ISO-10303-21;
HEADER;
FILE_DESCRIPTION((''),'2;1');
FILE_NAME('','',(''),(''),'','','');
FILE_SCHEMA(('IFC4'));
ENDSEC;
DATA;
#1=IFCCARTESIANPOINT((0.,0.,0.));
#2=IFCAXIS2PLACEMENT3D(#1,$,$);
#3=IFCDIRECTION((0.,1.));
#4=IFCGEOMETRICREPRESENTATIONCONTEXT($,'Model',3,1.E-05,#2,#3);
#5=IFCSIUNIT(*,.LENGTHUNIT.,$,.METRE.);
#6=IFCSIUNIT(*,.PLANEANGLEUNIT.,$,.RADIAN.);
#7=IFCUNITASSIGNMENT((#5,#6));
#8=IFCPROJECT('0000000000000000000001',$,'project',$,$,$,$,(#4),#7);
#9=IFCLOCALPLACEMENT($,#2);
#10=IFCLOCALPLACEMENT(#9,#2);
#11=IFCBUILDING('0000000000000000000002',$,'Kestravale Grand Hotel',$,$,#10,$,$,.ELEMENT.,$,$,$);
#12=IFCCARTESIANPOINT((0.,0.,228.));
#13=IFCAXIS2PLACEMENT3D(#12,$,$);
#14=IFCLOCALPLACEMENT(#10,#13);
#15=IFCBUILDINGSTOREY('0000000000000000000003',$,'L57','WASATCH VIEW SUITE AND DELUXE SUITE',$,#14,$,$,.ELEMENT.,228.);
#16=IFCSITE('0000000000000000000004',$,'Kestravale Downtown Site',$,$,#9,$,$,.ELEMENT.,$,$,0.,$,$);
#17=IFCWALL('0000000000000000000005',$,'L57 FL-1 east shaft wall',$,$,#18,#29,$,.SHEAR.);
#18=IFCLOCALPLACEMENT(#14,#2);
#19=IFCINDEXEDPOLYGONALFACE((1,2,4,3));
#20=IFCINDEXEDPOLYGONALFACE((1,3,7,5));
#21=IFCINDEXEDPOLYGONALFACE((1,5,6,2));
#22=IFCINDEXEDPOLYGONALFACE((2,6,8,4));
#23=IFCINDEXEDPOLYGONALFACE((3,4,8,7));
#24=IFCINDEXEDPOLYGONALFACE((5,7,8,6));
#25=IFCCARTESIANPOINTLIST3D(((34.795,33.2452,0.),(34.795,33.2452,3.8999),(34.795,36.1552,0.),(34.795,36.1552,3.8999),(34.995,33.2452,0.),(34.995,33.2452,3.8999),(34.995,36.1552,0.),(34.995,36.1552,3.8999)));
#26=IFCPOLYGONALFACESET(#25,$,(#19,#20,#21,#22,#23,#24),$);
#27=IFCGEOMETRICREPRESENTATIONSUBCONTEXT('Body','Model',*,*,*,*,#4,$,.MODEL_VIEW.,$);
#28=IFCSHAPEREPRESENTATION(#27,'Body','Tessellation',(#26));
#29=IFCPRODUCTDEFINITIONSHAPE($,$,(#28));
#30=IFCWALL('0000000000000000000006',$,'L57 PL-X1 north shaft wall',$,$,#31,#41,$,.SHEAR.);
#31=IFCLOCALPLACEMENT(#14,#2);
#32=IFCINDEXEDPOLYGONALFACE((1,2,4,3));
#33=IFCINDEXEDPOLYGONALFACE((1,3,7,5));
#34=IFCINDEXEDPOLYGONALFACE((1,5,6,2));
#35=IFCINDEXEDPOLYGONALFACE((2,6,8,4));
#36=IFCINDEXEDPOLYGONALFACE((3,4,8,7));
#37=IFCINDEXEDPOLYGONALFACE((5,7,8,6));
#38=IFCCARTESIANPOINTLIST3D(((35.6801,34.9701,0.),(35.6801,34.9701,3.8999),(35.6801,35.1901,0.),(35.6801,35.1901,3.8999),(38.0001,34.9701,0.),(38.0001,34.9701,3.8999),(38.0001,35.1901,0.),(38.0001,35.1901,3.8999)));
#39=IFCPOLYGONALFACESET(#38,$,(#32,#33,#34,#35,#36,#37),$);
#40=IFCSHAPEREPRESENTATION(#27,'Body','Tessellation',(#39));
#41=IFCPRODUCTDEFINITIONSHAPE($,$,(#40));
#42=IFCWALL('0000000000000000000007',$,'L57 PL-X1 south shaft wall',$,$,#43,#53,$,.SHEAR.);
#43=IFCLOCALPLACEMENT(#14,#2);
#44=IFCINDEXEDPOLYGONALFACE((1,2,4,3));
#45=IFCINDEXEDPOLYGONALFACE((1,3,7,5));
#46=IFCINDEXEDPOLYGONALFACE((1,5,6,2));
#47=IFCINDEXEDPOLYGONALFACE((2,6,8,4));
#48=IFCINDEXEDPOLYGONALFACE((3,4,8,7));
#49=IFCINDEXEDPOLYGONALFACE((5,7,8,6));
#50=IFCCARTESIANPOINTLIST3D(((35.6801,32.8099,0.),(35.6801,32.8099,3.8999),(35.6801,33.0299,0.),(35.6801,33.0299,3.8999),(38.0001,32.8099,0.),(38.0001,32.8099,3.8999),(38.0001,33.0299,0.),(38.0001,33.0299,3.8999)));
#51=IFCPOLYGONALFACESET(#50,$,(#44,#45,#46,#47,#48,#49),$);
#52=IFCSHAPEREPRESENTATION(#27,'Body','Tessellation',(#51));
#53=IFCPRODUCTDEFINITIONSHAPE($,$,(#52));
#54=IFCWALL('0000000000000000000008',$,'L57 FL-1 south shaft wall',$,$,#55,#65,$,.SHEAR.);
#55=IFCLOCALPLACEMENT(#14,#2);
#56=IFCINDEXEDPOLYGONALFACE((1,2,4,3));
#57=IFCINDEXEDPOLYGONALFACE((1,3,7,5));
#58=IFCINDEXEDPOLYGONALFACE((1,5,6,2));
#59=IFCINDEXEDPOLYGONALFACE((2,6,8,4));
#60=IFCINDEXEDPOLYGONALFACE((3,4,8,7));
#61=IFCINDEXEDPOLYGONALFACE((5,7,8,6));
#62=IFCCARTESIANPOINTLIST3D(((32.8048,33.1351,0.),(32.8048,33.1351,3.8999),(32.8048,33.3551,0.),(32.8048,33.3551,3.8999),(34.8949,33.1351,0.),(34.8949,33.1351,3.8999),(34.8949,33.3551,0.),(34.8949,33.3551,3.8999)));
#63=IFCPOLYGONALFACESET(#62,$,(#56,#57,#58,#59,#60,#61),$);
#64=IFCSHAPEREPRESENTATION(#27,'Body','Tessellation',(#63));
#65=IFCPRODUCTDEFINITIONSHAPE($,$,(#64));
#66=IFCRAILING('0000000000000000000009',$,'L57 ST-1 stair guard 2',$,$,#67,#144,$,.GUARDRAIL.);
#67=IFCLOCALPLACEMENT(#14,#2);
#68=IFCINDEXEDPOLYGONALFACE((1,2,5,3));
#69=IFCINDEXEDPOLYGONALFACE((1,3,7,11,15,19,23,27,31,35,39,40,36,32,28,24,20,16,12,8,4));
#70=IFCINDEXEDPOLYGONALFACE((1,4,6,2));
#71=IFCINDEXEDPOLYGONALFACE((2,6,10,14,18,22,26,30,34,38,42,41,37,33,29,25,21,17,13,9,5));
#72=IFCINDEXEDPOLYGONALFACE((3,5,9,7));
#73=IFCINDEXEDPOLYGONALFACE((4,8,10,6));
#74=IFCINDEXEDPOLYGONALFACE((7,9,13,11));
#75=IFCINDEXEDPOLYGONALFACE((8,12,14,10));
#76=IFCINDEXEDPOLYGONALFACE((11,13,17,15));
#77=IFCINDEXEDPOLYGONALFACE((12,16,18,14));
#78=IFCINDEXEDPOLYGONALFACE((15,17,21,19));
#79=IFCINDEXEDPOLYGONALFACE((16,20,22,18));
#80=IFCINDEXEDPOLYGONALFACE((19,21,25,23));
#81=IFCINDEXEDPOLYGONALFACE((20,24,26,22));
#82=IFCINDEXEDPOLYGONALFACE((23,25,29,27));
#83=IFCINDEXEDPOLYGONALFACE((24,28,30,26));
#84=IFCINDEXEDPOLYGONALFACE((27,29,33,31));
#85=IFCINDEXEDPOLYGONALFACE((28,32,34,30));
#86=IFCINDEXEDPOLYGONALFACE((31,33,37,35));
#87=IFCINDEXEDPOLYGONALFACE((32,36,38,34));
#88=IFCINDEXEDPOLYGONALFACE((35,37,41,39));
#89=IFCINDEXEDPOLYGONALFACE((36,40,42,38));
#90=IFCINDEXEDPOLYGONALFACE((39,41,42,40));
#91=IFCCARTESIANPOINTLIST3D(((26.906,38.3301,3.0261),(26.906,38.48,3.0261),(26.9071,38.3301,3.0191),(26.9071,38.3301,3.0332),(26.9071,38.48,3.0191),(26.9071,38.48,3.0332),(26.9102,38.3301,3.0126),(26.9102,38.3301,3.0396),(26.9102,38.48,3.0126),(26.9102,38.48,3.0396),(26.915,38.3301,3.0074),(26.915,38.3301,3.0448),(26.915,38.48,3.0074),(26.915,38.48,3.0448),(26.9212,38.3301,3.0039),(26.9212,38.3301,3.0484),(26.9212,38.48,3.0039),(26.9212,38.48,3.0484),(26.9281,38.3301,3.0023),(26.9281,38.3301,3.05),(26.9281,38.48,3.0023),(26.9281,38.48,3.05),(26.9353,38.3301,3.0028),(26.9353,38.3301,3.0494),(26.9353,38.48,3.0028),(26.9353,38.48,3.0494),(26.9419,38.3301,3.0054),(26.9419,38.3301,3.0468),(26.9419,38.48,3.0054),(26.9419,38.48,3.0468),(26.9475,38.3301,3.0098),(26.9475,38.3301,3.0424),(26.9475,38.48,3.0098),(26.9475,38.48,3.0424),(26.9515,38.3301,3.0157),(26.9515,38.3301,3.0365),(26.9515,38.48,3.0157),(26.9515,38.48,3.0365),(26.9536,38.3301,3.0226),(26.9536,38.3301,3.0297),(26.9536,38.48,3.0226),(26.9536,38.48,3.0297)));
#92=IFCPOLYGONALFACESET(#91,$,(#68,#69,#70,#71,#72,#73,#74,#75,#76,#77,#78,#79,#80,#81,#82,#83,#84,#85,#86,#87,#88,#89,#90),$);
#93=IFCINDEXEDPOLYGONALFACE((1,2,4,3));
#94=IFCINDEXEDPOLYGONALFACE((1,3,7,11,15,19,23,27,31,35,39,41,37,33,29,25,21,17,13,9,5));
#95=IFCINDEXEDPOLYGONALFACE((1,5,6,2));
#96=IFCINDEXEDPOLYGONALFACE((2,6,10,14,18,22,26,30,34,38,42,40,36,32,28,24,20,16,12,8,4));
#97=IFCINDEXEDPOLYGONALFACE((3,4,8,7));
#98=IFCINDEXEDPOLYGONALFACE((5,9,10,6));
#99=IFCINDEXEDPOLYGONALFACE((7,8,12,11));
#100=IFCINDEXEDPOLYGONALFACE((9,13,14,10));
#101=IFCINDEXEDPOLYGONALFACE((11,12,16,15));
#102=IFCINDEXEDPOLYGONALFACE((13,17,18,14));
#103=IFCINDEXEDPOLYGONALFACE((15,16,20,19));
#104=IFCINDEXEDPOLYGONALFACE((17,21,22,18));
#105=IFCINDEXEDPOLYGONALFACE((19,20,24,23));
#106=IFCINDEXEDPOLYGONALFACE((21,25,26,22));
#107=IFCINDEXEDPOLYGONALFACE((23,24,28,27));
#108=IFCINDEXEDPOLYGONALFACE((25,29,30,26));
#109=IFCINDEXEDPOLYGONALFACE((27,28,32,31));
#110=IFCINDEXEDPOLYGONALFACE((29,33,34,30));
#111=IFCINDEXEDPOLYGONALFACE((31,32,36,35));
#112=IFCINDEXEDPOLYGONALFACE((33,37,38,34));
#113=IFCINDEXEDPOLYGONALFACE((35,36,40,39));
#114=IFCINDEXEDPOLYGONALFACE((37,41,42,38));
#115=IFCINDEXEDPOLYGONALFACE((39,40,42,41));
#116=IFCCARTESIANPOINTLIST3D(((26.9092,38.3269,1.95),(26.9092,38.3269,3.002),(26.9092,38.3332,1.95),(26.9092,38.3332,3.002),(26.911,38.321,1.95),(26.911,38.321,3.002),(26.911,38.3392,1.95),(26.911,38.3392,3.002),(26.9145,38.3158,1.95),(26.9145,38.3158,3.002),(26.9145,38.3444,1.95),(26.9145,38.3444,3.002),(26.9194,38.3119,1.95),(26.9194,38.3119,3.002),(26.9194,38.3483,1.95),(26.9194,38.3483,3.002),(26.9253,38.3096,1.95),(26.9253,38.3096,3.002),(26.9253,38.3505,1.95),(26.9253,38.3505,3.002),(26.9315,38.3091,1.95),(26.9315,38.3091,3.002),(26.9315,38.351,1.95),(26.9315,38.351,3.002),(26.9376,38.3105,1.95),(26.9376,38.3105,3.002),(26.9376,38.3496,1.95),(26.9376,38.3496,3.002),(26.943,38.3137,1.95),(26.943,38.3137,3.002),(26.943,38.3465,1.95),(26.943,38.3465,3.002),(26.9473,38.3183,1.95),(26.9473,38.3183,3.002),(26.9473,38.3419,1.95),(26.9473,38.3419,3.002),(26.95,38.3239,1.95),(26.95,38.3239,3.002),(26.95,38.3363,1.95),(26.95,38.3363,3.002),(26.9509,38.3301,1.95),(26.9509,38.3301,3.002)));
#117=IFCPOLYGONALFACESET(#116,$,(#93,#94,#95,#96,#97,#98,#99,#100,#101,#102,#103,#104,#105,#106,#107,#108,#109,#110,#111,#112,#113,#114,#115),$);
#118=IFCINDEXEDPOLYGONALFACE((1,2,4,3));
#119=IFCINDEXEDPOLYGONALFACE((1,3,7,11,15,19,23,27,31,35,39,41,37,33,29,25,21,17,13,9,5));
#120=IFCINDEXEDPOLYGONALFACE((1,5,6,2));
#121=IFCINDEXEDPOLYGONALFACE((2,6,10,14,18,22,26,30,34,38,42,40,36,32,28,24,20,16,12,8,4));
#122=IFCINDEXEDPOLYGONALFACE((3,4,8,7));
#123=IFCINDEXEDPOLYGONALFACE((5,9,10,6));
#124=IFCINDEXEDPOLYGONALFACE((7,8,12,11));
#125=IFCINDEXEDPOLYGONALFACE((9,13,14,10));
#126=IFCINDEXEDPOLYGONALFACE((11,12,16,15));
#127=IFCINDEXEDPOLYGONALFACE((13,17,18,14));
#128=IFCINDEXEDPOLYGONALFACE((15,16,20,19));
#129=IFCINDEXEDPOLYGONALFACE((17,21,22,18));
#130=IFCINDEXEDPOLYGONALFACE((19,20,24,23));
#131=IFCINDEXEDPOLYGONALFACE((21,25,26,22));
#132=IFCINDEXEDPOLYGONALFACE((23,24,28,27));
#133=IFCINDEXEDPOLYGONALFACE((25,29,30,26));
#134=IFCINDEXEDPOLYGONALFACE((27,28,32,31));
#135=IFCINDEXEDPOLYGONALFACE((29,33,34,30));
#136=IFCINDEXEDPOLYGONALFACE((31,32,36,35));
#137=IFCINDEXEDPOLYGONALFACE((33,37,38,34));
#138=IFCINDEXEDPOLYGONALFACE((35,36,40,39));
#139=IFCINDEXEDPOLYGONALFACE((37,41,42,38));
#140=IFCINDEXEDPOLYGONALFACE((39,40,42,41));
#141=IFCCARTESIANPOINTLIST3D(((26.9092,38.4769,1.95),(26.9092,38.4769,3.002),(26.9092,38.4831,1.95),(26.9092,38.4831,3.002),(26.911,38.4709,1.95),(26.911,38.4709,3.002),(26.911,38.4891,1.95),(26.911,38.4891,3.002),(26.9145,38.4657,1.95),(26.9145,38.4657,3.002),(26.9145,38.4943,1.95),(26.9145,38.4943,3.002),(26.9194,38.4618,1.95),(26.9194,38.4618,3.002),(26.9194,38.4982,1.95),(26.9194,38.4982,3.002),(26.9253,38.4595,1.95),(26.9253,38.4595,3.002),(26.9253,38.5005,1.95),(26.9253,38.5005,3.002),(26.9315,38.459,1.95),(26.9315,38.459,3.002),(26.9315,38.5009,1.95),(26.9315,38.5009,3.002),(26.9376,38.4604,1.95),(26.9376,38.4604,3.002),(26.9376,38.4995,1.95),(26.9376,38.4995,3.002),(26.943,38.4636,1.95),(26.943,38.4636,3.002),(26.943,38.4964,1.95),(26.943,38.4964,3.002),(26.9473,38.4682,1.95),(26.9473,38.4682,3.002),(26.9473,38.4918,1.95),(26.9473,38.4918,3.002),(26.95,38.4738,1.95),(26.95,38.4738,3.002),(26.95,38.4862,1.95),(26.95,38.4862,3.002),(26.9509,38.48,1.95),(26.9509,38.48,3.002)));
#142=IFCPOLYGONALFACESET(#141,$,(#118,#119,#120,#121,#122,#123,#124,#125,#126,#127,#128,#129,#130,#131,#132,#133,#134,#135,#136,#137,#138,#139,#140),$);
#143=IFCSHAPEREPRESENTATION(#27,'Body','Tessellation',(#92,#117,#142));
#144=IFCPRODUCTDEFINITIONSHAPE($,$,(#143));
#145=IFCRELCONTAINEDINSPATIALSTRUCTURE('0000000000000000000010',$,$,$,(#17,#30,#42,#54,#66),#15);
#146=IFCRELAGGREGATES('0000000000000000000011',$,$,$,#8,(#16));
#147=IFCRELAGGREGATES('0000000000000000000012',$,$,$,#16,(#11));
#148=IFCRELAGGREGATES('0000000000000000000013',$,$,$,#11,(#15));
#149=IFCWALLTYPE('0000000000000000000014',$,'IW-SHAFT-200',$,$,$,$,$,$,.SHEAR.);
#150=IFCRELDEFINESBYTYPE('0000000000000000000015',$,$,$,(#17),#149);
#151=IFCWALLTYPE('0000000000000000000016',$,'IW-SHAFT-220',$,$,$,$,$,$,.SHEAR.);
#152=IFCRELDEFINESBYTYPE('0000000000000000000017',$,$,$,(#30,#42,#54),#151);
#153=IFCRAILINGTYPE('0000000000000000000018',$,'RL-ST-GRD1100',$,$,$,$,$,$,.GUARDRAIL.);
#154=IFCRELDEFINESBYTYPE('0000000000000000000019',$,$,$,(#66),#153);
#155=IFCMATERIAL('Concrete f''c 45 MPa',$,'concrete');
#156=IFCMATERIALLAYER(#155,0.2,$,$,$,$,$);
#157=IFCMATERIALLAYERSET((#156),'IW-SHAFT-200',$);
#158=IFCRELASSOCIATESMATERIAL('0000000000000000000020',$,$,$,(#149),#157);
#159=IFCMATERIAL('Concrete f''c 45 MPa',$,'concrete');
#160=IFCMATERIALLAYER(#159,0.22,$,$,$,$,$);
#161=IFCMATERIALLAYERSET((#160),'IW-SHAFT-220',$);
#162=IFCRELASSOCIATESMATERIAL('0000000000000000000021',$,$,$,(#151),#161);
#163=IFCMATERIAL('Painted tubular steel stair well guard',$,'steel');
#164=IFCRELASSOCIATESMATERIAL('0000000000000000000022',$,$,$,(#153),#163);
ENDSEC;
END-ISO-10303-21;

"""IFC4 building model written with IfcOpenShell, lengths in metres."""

from ifc_helpers import new_model, si_unit, direction, frame, frame_2d, origin, origin_2d, place, context, subcontext, project, spatial, rectangle, circle, extrude, material, layer, layer_set, type_object, element, save


model = new_model("IFC4")

# Units and contexts
model_context = context("Model", 3, precision=1e-05, world=origin(), true_north=direction((0.0, 1.0)))
body_context = subcontext(model_context, "Body", "Model", "MODEL_VIEW")
ifc_project = project(units=[si_unit("LENGTHUNIT", "METRE"), si_unit("PLANEANGLEUNIT", "RADIAN")], contexts=[model_context])

# Site, building, storey
site_placement = place(None, origin())
site = spatial("IfcSite", under=ifc_project, at=site_placement, Name="Kestravale Downtown Site", CompositionType="ELEMENT", RefElevation=0.0)
building_placement = place(site_placement, origin())
building = spatial("IfcBuilding", under=site, at=building_placement, Name="Kestravale Grand Hotel", CompositionType="ELEMENT")
storey_placement = place(building_placement, frame((0.0, 0.0, 228.0)))
storey = spatial("IfcBuildingStorey", under=building, at=storey_placement, Name="L57", Description="WASATCH VIEW SUITE AND DELUXE SUITE", CompositionType="ELEMENT", Elevation=228.0)

# Walls
ifc_material_1 = material(Name="Concrete f'c 45 MPa", Category="concrete")
ifc_layer_1 = layer(ifc_material_1, 0.2)
ifc_layer_set_1 = layer_set([ifc_layer_1], Name="IW-SHAFT-200")
wall_type_1 = type_object("IfcWallType", Name="IW-SHAFT-200", PredefinedType="SHEAR", material=ifc_layer_set_1)
for number, where, z_axis, x_axis, name in (
    (1, (34.895, 33.2451, 0.0), (0.0, 0.0, 1.0), (0.0, 1.0, 0.0), "L57 FL-1 east shaft wall"),
):
    element("IfcWall", number, at=place(storey_placement, frame(where, z_axis=z_axis, x_axis=x_axis)), inside=storey, type_object=wall_type_1, Name=name, PredefinedType="SHEAR", context=body_context, shape_type="SweptSolid", body=[
        extrude(rectangle(XDim=2.9099, YDim=0.2, at=frame_2d((1.4551, 0.0))), origin(), (0.0, 0.0, 1.0), 3.8999),
    ])
ifc_material_2 = material(Name="Concrete f'c 45 MPa", Category="concrete")
ifc_layer_2 = layer(ifc_material_2, 0.22)
ifc_layer_set_2 = layer_set([ifc_layer_2], Name="IW-SHAFT-220")
wall_type_2 = type_object("IfcWallType", Name="IW-SHAFT-220", PredefinedType="SHEAR", material=ifc_layer_set_2)
for number, where, z_axis, x_axis, name in (
    (2, (35.6799, 35.0801, 0.0), (0.0, 0.0, 1.0), (1.0, 0.0, 0.0), "L57 PL-X1 north shaft wall"),
    (3, (35.6799, 32.9199, 0.0), (0.0, 0.0, 1.0), (1.0, 0.0, 0.0), "L57 PL-X1 south shaft wall"),
):
    element("IfcWall", number, at=place(storey_placement, frame(where, z_axis=z_axis, x_axis=x_axis)), inside=storey, type_object=wall_type_2, Name=name, PredefinedType="SHEAR", context=body_context, shape_type="SweptSolid", body=[
        extrude(rectangle(XDim=2.3201, YDim=0.22, at=frame_2d((1.1602, 0.0))), origin(), (0.0, 0.0, 1.0), 3.8999),
    ])

# Wall
wall_1_placement = place(storey_placement, frame((32.8049, 33.2451, 0.0), z_axis=(0.0, 0.0, 1.0), x_axis=(1.0, 0.0, 0.0)))
element("IfcWall", 4, at=wall_1_placement, inside=storey, type_object=wall_type_2, Name="L57 FL-1 south shaft wall", PredefinedType="SHEAR", context=body_context, shape_type="SweptSolid", body=[
    extrude(rectangle(XDim=2.0901, YDim=0.22, at=frame_2d((1.0449, 0.0))), origin(), (0.0, 0.0, 1.0), 3.8999),
])

# Railing
ifc_material_3 = material(Name="Painted tubular steel stair well guard", Category="steel")
railing_type_1 = type_object("IfcRailingType", Name="RL-ST-GRD1100", PredefinedType="GUARDRAIL", material=ifc_material_3)
railing_1_placement = place(storey_placement, frame((26.9299, 38.3301, 1.95)))
element("IfcRailing", 5, at=railing_1_placement, inside=storey, type_object=railing_type_1, Name="L57 ST-1 stair guard 2", PredefinedType="GUARDRAIL", context=body_context, shape_type="SweptSolid", body=[
    extrude(circle(Radius=0.0239, at=origin_2d()), frame((0.0, 0.0, 1.0762), z_axis=(0.0, 1.0, 0.0), x_axis=(-1.0, 0.0, 0.0)), (0.0, 0.0, 1.0), 0.1499),
    extrude(circle(Radius=0.021, at=origin_2d()), origin(), (0.0, 0.0, 1.0), 1.052),
    extrude(circle(Radius=0.021, at=origin_2d()), frame((0.0, 0.1499, 0.0)), (0.0, 0.0, 1.0), 1.052),
])

save(model, "model.ifc")
